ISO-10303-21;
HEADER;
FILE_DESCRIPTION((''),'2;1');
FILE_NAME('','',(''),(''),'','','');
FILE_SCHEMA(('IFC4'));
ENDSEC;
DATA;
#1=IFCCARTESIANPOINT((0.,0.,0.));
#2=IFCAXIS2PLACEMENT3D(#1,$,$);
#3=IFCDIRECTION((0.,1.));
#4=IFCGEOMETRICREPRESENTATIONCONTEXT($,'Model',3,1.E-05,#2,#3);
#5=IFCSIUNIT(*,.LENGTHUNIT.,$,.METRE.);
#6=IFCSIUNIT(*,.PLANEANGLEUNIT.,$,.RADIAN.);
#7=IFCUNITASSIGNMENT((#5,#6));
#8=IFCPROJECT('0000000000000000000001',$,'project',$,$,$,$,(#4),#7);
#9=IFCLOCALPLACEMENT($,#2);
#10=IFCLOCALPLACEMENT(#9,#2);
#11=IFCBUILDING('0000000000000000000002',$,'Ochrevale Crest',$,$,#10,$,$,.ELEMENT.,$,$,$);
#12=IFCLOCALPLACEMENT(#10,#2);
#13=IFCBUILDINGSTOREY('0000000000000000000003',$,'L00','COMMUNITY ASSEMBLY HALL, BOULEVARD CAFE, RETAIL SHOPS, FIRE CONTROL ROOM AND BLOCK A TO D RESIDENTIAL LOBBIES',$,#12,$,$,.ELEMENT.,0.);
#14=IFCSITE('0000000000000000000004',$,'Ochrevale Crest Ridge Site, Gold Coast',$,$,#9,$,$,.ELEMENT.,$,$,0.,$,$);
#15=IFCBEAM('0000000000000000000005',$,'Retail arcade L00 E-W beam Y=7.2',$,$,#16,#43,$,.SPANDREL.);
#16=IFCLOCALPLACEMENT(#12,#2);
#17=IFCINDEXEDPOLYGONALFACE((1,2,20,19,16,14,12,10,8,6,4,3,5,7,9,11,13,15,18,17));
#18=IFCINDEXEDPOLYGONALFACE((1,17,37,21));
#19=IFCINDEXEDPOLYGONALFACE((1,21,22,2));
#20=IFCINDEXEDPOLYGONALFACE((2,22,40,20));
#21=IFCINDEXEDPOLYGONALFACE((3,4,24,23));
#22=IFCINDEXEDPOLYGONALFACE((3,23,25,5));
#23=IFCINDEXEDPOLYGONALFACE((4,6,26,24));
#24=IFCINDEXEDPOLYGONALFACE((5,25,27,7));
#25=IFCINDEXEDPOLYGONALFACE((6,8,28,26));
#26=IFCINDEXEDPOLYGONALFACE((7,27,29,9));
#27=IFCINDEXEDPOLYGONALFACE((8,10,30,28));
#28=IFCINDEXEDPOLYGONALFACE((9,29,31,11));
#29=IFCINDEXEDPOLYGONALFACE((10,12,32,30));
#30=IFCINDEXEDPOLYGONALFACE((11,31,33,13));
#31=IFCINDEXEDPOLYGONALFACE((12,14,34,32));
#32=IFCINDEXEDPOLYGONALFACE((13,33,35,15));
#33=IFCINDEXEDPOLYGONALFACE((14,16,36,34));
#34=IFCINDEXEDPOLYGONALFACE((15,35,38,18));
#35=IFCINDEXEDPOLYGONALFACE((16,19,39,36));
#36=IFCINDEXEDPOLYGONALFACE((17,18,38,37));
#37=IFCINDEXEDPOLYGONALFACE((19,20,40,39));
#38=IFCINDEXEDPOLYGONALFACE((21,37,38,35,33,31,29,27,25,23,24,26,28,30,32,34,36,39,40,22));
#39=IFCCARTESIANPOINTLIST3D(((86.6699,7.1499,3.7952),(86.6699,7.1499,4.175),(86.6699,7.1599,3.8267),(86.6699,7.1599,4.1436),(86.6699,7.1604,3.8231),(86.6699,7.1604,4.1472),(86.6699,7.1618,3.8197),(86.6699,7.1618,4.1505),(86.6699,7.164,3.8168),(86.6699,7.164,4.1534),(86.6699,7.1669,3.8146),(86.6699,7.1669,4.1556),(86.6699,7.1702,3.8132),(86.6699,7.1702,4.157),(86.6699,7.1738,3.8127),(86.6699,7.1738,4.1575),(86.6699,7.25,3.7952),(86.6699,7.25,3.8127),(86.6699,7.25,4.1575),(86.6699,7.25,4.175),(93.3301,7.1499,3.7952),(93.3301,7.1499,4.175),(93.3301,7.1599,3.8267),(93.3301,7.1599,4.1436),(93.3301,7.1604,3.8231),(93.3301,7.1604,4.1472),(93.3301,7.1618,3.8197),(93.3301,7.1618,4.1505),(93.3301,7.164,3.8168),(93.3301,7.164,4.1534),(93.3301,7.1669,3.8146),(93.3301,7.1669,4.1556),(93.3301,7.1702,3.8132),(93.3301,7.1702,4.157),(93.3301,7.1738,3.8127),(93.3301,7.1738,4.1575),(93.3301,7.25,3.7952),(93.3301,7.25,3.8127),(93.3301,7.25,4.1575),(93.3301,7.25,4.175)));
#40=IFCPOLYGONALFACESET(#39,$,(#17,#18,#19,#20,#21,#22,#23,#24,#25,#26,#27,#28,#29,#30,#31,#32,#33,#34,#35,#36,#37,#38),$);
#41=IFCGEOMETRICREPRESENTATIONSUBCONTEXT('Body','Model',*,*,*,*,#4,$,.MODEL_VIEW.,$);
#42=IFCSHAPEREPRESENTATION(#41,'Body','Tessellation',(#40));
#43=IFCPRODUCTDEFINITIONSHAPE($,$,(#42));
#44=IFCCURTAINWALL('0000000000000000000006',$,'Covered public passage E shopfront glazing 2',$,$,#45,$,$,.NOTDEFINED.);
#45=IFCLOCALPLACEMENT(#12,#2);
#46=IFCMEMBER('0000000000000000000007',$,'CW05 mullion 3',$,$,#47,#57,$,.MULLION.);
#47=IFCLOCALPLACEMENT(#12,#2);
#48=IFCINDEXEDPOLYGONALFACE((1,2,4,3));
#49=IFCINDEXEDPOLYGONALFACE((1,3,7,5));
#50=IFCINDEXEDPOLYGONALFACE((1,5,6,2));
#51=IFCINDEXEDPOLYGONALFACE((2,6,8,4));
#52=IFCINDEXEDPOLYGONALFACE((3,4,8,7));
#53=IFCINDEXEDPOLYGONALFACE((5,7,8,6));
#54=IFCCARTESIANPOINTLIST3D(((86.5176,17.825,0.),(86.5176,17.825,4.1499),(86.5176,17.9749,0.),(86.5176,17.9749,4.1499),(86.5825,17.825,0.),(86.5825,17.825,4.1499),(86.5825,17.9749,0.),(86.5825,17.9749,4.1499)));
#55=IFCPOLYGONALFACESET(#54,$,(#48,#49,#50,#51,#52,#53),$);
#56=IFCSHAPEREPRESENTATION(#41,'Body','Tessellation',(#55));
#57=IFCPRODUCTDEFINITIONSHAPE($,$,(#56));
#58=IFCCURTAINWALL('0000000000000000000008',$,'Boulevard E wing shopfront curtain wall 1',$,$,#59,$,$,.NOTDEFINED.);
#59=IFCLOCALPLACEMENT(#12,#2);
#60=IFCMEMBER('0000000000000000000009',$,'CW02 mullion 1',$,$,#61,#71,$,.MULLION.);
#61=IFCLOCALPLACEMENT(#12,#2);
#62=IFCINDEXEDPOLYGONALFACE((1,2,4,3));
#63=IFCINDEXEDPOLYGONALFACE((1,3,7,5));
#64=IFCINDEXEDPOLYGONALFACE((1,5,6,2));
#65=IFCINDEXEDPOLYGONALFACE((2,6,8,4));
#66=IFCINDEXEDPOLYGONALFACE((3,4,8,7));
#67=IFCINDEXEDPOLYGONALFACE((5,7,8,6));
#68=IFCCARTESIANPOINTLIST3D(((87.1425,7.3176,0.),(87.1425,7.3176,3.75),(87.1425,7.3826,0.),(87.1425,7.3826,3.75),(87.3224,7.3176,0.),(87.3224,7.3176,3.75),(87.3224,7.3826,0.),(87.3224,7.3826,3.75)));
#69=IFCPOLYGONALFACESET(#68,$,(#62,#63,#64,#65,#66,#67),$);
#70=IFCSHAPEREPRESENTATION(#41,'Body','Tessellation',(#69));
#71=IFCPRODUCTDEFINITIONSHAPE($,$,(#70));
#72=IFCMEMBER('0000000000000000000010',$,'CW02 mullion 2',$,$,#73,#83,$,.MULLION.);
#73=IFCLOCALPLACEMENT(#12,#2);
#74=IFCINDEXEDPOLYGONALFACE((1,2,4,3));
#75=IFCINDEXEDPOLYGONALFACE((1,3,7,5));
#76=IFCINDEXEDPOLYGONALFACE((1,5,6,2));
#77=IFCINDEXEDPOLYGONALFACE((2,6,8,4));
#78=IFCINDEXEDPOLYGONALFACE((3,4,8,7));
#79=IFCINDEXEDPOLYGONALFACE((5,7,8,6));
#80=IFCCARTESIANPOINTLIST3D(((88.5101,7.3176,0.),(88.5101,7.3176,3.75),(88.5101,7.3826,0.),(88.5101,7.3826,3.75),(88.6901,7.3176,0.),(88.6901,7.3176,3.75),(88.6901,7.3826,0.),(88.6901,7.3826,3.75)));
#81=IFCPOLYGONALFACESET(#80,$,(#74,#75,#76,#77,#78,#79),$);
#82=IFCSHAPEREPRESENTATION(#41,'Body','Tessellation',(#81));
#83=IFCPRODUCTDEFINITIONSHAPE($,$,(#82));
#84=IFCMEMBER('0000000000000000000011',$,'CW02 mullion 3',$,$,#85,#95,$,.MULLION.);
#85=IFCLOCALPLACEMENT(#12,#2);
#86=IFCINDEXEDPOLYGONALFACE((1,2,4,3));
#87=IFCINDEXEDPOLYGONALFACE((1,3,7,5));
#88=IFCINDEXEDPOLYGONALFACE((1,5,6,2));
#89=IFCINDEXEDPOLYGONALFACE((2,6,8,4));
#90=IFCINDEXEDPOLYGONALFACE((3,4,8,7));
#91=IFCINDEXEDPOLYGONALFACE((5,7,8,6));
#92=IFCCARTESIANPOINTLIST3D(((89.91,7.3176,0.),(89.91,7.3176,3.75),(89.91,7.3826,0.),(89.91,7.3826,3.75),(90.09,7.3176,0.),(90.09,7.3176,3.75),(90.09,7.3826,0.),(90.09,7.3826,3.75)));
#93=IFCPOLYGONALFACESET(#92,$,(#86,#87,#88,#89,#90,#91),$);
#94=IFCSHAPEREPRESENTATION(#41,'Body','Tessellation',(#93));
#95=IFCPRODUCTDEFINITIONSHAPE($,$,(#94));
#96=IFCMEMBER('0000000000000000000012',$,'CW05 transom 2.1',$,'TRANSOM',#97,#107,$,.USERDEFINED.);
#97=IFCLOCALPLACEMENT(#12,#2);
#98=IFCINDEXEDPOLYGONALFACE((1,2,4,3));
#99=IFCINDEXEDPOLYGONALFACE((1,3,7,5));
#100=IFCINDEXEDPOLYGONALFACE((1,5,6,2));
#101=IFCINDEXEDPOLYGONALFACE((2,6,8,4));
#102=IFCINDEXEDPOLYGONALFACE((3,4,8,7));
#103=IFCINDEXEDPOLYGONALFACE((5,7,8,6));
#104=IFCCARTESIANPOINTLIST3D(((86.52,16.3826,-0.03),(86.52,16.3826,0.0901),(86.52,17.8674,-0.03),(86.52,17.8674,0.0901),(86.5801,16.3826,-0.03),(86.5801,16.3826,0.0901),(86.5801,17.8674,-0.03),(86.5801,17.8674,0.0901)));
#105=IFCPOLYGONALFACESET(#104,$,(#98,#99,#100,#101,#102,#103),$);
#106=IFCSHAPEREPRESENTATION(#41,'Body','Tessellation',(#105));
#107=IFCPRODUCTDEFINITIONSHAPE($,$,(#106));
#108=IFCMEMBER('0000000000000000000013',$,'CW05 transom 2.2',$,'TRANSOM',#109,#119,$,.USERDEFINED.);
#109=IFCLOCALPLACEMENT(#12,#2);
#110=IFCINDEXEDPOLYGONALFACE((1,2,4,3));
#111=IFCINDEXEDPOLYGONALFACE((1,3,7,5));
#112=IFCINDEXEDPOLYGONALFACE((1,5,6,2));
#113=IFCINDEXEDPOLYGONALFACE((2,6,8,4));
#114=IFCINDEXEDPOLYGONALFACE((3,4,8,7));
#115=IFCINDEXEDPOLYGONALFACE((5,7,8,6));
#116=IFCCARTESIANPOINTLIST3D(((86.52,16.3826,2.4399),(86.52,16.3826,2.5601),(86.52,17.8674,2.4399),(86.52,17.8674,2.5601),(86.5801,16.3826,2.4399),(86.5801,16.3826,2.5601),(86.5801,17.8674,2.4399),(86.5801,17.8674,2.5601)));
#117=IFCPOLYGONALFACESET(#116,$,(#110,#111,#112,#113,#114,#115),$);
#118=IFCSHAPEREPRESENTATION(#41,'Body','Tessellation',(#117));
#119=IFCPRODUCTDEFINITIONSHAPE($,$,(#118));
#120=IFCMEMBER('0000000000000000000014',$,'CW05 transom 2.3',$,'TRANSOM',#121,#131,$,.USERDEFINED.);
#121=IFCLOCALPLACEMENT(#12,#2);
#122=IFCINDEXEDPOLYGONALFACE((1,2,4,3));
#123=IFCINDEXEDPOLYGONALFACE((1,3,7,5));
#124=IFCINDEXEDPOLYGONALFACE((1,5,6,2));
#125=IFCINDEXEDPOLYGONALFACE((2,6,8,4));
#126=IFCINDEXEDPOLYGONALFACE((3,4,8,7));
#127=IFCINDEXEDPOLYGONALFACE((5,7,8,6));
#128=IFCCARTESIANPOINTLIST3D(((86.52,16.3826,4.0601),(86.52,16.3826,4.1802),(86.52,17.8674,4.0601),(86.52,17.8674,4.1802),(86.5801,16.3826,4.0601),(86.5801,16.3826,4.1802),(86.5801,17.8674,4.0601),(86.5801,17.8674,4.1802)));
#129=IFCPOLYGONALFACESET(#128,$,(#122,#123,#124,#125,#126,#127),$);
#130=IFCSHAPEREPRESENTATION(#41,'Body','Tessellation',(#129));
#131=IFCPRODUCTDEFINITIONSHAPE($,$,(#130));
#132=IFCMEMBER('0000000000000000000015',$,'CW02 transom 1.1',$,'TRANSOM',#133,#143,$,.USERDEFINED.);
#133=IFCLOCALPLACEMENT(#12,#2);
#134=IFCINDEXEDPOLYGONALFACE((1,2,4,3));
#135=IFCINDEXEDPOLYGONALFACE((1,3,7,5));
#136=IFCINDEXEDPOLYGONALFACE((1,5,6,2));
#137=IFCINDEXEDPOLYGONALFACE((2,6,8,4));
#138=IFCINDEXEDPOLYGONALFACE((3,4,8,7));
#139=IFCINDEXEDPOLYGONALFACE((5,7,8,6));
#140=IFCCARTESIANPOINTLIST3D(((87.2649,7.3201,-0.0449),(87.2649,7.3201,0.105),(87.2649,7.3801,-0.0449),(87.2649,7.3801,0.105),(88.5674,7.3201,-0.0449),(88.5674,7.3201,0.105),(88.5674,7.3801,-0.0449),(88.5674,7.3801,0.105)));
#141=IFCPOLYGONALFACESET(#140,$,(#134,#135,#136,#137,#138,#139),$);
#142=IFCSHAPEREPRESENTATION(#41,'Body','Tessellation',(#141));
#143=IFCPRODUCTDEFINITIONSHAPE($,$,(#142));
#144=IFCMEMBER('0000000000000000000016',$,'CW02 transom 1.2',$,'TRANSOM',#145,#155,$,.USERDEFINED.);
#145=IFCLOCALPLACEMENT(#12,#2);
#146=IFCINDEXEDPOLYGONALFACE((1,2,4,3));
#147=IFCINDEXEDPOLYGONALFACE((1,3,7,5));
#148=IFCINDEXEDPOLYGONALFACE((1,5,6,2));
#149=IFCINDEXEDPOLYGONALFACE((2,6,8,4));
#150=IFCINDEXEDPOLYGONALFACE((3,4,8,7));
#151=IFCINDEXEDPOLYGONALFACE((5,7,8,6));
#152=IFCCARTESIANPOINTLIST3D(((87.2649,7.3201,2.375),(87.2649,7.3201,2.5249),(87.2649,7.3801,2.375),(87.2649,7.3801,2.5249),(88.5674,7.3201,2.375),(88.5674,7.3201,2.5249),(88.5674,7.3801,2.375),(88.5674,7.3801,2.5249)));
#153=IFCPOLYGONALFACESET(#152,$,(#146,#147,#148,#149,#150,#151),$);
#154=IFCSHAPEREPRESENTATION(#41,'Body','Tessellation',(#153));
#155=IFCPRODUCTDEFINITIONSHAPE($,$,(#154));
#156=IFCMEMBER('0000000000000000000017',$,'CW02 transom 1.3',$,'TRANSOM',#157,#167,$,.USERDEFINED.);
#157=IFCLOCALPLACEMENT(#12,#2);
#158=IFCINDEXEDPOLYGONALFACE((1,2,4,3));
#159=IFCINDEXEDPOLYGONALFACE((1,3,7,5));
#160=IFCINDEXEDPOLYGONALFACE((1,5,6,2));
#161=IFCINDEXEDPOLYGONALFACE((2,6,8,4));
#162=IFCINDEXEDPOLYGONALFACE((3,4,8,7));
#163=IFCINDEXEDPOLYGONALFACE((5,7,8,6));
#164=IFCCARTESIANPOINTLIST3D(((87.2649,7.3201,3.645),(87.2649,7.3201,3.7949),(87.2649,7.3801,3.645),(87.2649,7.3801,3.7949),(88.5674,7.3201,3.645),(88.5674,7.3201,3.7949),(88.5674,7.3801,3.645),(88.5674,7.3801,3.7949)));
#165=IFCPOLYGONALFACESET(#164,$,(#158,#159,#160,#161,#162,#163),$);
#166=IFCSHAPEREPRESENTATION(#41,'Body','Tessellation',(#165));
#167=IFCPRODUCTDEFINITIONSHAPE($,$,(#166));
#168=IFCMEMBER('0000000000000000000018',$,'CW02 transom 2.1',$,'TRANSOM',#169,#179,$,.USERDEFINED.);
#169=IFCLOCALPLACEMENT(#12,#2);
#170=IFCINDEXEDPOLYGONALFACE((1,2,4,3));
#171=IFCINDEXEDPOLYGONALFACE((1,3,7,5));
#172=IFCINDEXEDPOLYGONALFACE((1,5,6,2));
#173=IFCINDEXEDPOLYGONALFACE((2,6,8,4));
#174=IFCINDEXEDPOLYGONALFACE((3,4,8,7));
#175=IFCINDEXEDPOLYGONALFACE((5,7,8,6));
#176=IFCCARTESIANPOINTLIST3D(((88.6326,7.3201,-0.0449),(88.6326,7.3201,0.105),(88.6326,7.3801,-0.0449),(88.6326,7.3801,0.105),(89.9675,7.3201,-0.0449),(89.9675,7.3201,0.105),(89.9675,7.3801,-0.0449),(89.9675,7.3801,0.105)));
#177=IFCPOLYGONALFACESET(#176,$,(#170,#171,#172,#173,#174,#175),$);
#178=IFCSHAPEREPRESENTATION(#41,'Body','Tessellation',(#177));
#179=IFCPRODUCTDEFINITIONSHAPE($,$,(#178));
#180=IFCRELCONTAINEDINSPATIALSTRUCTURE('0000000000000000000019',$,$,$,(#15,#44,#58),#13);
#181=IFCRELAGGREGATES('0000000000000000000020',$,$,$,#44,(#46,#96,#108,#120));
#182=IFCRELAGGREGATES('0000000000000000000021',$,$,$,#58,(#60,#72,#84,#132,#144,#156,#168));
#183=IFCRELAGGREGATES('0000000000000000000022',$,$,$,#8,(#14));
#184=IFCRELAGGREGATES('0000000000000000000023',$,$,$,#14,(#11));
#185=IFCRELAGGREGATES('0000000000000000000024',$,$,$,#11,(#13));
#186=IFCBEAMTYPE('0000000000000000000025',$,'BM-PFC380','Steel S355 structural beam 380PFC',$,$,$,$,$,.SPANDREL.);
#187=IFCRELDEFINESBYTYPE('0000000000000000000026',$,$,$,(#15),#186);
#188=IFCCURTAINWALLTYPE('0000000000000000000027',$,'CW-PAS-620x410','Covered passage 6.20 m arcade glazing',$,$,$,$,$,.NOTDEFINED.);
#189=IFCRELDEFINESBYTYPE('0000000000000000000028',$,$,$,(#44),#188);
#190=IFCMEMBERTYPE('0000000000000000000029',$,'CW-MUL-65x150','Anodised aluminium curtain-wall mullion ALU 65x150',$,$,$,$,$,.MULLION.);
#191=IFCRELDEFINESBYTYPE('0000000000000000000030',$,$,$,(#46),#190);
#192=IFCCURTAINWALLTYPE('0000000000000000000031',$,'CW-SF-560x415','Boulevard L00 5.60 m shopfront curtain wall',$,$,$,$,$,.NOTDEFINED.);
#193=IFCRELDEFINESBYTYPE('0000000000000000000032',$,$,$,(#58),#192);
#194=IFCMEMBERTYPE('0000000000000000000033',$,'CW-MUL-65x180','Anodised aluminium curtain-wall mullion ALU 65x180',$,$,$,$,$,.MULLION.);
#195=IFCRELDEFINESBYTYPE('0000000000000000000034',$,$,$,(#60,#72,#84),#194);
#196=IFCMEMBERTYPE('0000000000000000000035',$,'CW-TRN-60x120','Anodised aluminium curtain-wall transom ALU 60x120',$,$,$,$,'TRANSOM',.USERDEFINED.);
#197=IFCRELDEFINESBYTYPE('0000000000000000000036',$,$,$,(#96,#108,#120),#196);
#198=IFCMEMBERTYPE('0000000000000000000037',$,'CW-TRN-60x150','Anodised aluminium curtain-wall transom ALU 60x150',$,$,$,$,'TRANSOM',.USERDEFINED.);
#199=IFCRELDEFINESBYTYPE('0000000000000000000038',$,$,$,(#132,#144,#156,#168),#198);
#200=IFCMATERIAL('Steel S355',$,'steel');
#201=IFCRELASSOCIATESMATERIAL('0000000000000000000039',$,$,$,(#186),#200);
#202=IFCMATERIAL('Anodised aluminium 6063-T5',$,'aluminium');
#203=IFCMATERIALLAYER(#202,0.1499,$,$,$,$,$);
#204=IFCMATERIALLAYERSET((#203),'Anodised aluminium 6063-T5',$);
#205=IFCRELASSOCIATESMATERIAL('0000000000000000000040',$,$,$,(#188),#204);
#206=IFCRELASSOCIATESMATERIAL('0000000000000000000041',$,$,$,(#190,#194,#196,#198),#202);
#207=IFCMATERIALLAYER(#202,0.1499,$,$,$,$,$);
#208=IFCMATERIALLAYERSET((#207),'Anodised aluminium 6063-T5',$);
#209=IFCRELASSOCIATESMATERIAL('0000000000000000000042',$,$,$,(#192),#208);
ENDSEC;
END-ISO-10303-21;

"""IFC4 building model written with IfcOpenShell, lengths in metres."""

from ifc_helpers import new_model, si_unit, direction, frame, origin, origin_2d, place, context, subcontext, project, spatial, rectangle, u_section, extrude, material, layer, layer_set, material_profile, profile_set, type_object, element, aggregate, save


model = new_model("IFC4")

# Units and contexts
model_context = context("Model", 3, precision=1e-05, world=origin(), true_north=direction((0.0, 1.0)))
body_context = subcontext(model_context, "Body", "Model", "MODEL_VIEW")
ifc_project = project(units=[si_unit("LENGTHUNIT", "METRE"), si_unit("PLANEANGLEUNIT", "RADIAN")], contexts=[model_context])

# Site, building, storey
site_placement = place(None, origin())
site = spatial("IfcSite", under=ifc_project, at=site_placement, Name="Ochrevale Crest Ridge Site, Gold Coast", CompositionType="ELEMENT", RefElevation=0.0)
building_placement = place(site_placement, origin())
building = spatial("IfcBuilding", under=site, at=building_placement, Name="Ochrevale Crest", CompositionType="ELEMENT")
storey_placement = place(building_placement, origin())
storey = spatial("IfcBuildingStorey", under=building, at=storey_placement, Name="L00", Description="COMMUNITY ASSEMBLY HALL, BOULEVARD CAFE, RETAIL SHOPS, FIRE CONTROL ROOM AND BLOCK A TO D RESIDENTIAL LOBBIES", CompositionType="ELEMENT", Elevation=0.0)

# Beam
ifc_material_1 = material(Name="Steel S355", Category="steel")
ifc_material_profile_1 = material_profile(ifc_material_1, u_section(Depth=0.3799, FlangeWidth=0.1001, WebThickness=0.01, FlangeThickness=0.0176, FilletRadius=0.0139, at=origin_2d()), Name="380PFC")
ifc_profile_set_1 = profile_set([ifc_material_profile_1], Name="Steel S355")
beam_type = type_object("IfcBeamType", Name="BM-PFC380", Description="Steel S355 structural beam 380PFC", PredefinedType="SPANDREL", material=ifc_profile_set_1)
beam_placement = place(storey_placement, frame((86.6699, 7.2, 3.9851), z_axis=(1.0, 0.0, 0.0), x_axis=(0.0, 1.0, 0.0)))
element("IfcBeam", 1, at=beam_placement, inside=storey, type_object=beam_type, Name="Retail arcade L00 E-W beam Y=7.2", PredefinedType="SPANDREL", context=body_context, shape_type="SweptSolid", body=[
    extrude(u_section(Depth=0.3799, FlangeWidth=0.1001, WebThickness=0.01, FlangeThickness=0.0176, FilletRadius=0.0139, at=origin_2d()), origin(), (0.0, 0.0, 1.0), 6.6602),
])

# Curtain wall, member
ifc_material_2 = material(Name="Anodised aluminium 6063-T5", Category="aluminium")
ifc_layer_1 = layer(ifc_material_2, 0.1499)
ifc_layer_set_1 = layer_set([ifc_layer_1], Name="Anodised aluminium 6063-T5")
curtain_wall_type_1 = type_object("IfcCurtainWallType", Name="CW-PAS-620x410", Description="Covered passage 6.20 m arcade glazing", PredefinedType="NOTDEFINED", material=ifc_layer_set_1)
curtain_wall_1_placement = place(storey_placement, origin())
curtain_wall_1 = element("IfcCurtainWall", 2, at=curtain_wall_1_placement, inside=storey, type_object=curtain_wall_type_1, Name="Covered public passage E shopfront glazing 2", PredefinedType="NOTDEFINED")
ifc_material_profile_2 = material_profile(ifc_material_2, rectangle(XDim=0.0649, YDim=0.1499, at=origin_2d()), Name="ALU 65x150")
ifc_profile_set_2 = profile_set([ifc_material_profile_2], Name="Anodised aluminium 6063-T5")
member_type_1 = type_object("IfcMemberType", Name="CW-MUL-65x150", Description="Anodised aluminium curtain-wall mullion ALU 65x150", PredefinedType="MULLION", material=ifc_profile_set_2)
member_1_placement = place(storey_placement, frame((86.55, 17.8999, 0.0), z_axis=(0.0, 0.0, 1.0), x_axis=(-1.0, 0.0, 0.0)))
member_1 = element("IfcMember", 3, at=member_1_placement, type_object=member_type_1, Name="CW05 mullion 3", PredefinedType="MULLION", context=body_context, shape_type="SweptSolid", body=[
    extrude(rectangle(XDim=0.0649, YDim=0.1499, at=origin_2d()), origin(), (0.0, 0.0, 1.0), 4.1499),
])

# Curtain wall, members
ifc_layer_2 = layer(ifc_material_2, 0.1499)
ifc_layer_set_2 = layer_set([ifc_layer_2], Name="Anodised aluminium 6063-T5")
curtain_wall_type_2 = type_object("IfcCurtainWallType", Name="CW-SF-560x415", Description="Boulevard L00 5.60 m shopfront curtain wall", PredefinedType="NOTDEFINED", material=ifc_layer_set_2)
curtain_wall_2_placement = place(storey_placement, origin())
curtain_wall_2 = element("IfcCurtainWall", 4, at=curtain_wall_2_placement, inside=storey, type_object=curtain_wall_type_2, Name="Boulevard E wing shopfront curtain wall 1", PredefinedType="NOTDEFINED")
ifc_material_profile_3 = material_profile(ifc_material_2, rectangle(XDim=0.0649, YDim=0.1799, at=origin_2d()), Name="ALU 65x180")
ifc_profile_set_3 = profile_set([ifc_material_profile_3], Name="Anodised aluminium 6063-T5")
member_type_2 = type_object("IfcMemberType", Name="CW-MUL-65x180", Description="Anodised aluminium curtain-wall mullion ALU 65x180", PredefinedType="MULLION", material=ifc_profile_set_3)
member_2_placement = place(storey_placement, frame((87.2324, 7.3501, 0.0), z_axis=(0.0, 0.0, 1.0), x_axis=(0.0, 1.0, 0.0)))
member_2 = element("IfcMember", 5, at=member_2_placement, type_object=member_type_2, Name="CW02 mullion 1", PredefinedType="MULLION", context=body_context, shape_type="SweptSolid", body=[
    extrude(rectangle(XDim=0.0649, YDim=0.1799, at=origin_2d()), origin(), (0.0, 0.0, 1.0), 3.75),
])
member_3_placement = place(storey_placement, frame((88.6001, 7.3501, 0.0), z_axis=(0.0, 0.0, 1.0), x_axis=(0.0, 1.0, 0.0)))
member_3 = element("IfcMember", 6, at=member_3_placement, type_object=member_type_2, Name="CW02 mullion 2", PredefinedType="MULLION", context=body_context, shape_type="SweptSolid", body=[
    extrude(rectangle(XDim=0.0649, YDim=0.1799, at=origin_2d()), origin(), (0.0, 0.0, 1.0), 3.75),
])
member_4_placement = place(storey_placement, frame((90.0, 7.3501, 0.0), z_axis=(0.0, 0.0, 1.0), x_axis=(0.0, 1.0, 0.0)))
member_4 = element("IfcMember", 7, at=member_4_placement, type_object=member_type_2, Name="CW02 mullion 3", PredefinedType="MULLION", context=body_context, shape_type="SweptSolid", body=[
    extrude(rectangle(XDim=0.0649, YDim=0.1799, at=origin_2d()), origin(), (0.0, 0.0, 1.0), 3.75),
])

# Members
ifc_material_profile_4 = material_profile(ifc_material_2, rectangle(XDim=0.0601, YDim=0.1201, at=origin_2d()), Name="ALU 60x120")
ifc_profile_set_4 = profile_set([ifc_material_profile_4], Name="Anodised aluminium 6063-T5")
member_type_3 = type_object("IfcMemberType", Name="CW-TRN-60x120", Description="Anodised aluminium curtain-wall transom ALU 60x120", ElementType="TRANSOM", PredefinedType="USERDEFINED", material=ifc_profile_set_4)
member_5_placement = place(storey_placement, frame((86.55, 16.3826, 0.03), z_axis=(0.0, 1.0, 0.0), x_axis=(-1.0, 0.0, 0.0)))
member_5 = element("IfcMember", 8, at=member_5_placement, type_object=member_type_3, Name="CW05 transom 2.1", ObjectType="TRANSOM", PredefinedType="USERDEFINED", context=body_context, shape_type="SweptSolid", body=[
    extrude(rectangle(XDim=0.0601, YDim=0.1201, at=origin_2d()), origin(), (0.0, 0.0, 1.0), 1.4849),
])
member_6_placement = place(storey_placement, frame((86.55, 16.3826, 2.5), z_axis=(0.0, 1.0, 0.0), x_axis=(-1.0, 0.0, 0.0)))
member_6 = element("IfcMember", 9, at=member_6_placement, type_object=member_type_3, Name="CW05 transom 2.2", ObjectType="TRANSOM", PredefinedType="USERDEFINED", context=body_context, shape_type="SweptSolid", body=[
    extrude(rectangle(XDim=0.0601, YDim=0.1201, at=origin_2d()), origin(), (0.0, 0.0, 1.0), 1.4849),
])
member_7_placement = place(storey_placement, frame((86.55, 16.3826, 4.1201), z_axis=(0.0, 1.0, 0.0), x_axis=(-1.0, 0.0, 0.0)))
member_7 = element("IfcMember", 10, at=member_7_placement, type_object=member_type_3, Name="CW05 transom 2.3", ObjectType="TRANSOM", PredefinedType="USERDEFINED", context=body_context, shape_type="SweptSolid", body=[
    extrude(rectangle(XDim=0.0601, YDim=0.1201, at=origin_2d()), origin(), (0.0, 0.0, 1.0), 1.4849),
])
ifc_material_profile_5 = material_profile(ifc_material_2, rectangle(XDim=0.0601, YDim=0.1499, at=origin_2d()), Name="ALU 60x150")
ifc_profile_set_5 = profile_set([ifc_material_profile_5], Name="Anodised aluminium 6063-T5")
member_type_4 = type_object("IfcMemberType", Name="CW-TRN-60x150", Description="Anodised aluminium curtain-wall transom ALU 60x150", ElementType="TRANSOM", PredefinedType="USERDEFINED", material=ifc_profile_set_5)
member_8_placement = place(storey_placement, frame((87.2649, 7.3501, 0.03), z_axis=(1.0, 0.0, 0.0), x_axis=(0.0, 1.0, 0.0)))
member_8 = element("IfcMember", 11, at=member_8_placement, type_object=member_type_4, Name="CW02 transom 1.1", ObjectType="TRANSOM", PredefinedType="USERDEFINED", context=body_context, shape_type="SweptSolid", body=[
    extrude(rectangle(XDim=0.0601, YDim=0.1499, at=origin_2d()), origin(), (0.0, 0.0, 1.0), 1.3025),
])
member_9_placement = place(storey_placement, frame((87.2649, 7.3501, 2.45), z_axis=(1.0, 0.0, 0.0), x_axis=(0.0, 1.0, 0.0)))
member_9 = element("IfcMember", 12, at=member_9_placement, type_object=member_type_4, Name="CW02 transom 1.2", ObjectType="TRANSOM", PredefinedType="USERDEFINED", context=body_context, shape_type="SweptSolid", body=[
    extrude(rectangle(XDim=0.0601, YDim=0.1499, at=origin_2d()), origin(), (0.0, 0.0, 1.0), 1.3025),
])
member_10_placement = place(storey_placement, frame((87.2649, 7.3501, 3.72), z_axis=(1.0, 0.0, 0.0), x_axis=(0.0, 1.0, 0.0)))
member_10 = element("IfcMember", 13, at=member_10_placement, type_object=member_type_4, Name="CW02 transom 1.3", ObjectType="TRANSOM", PredefinedType="USERDEFINED", context=body_context, shape_type="SweptSolid", body=[
    extrude(rectangle(XDim=0.0601, YDim=0.1499, at=origin_2d()), origin(), (0.0, 0.0, 1.0), 1.3025),
])
member_11_placement = place(storey_placement, frame((88.6326, 7.3501, 0.03), z_axis=(1.0, 0.0, 0.0), x_axis=(0.0, 1.0, 0.0)))
member_11 = element("IfcMember", 14, at=member_11_placement, type_object=member_type_4, Name="CW02 transom 2.1", ObjectType="TRANSOM", PredefinedType="USERDEFINED", context=body_context, shape_type="SweptSolid", body=[
    extrude(rectangle(XDim=0.0601, YDim=0.1499, at=origin_2d()), origin(), (0.0, 0.0, 1.0), 1.335),
])

aggregate(curtain_wall_1, [member_1, member_5, member_6, member_7])
aggregate(curtain_wall_2, [member_2, member_3, member_4, member_8, member_9, member_10, member_11])

save(model, "model.ifc")
